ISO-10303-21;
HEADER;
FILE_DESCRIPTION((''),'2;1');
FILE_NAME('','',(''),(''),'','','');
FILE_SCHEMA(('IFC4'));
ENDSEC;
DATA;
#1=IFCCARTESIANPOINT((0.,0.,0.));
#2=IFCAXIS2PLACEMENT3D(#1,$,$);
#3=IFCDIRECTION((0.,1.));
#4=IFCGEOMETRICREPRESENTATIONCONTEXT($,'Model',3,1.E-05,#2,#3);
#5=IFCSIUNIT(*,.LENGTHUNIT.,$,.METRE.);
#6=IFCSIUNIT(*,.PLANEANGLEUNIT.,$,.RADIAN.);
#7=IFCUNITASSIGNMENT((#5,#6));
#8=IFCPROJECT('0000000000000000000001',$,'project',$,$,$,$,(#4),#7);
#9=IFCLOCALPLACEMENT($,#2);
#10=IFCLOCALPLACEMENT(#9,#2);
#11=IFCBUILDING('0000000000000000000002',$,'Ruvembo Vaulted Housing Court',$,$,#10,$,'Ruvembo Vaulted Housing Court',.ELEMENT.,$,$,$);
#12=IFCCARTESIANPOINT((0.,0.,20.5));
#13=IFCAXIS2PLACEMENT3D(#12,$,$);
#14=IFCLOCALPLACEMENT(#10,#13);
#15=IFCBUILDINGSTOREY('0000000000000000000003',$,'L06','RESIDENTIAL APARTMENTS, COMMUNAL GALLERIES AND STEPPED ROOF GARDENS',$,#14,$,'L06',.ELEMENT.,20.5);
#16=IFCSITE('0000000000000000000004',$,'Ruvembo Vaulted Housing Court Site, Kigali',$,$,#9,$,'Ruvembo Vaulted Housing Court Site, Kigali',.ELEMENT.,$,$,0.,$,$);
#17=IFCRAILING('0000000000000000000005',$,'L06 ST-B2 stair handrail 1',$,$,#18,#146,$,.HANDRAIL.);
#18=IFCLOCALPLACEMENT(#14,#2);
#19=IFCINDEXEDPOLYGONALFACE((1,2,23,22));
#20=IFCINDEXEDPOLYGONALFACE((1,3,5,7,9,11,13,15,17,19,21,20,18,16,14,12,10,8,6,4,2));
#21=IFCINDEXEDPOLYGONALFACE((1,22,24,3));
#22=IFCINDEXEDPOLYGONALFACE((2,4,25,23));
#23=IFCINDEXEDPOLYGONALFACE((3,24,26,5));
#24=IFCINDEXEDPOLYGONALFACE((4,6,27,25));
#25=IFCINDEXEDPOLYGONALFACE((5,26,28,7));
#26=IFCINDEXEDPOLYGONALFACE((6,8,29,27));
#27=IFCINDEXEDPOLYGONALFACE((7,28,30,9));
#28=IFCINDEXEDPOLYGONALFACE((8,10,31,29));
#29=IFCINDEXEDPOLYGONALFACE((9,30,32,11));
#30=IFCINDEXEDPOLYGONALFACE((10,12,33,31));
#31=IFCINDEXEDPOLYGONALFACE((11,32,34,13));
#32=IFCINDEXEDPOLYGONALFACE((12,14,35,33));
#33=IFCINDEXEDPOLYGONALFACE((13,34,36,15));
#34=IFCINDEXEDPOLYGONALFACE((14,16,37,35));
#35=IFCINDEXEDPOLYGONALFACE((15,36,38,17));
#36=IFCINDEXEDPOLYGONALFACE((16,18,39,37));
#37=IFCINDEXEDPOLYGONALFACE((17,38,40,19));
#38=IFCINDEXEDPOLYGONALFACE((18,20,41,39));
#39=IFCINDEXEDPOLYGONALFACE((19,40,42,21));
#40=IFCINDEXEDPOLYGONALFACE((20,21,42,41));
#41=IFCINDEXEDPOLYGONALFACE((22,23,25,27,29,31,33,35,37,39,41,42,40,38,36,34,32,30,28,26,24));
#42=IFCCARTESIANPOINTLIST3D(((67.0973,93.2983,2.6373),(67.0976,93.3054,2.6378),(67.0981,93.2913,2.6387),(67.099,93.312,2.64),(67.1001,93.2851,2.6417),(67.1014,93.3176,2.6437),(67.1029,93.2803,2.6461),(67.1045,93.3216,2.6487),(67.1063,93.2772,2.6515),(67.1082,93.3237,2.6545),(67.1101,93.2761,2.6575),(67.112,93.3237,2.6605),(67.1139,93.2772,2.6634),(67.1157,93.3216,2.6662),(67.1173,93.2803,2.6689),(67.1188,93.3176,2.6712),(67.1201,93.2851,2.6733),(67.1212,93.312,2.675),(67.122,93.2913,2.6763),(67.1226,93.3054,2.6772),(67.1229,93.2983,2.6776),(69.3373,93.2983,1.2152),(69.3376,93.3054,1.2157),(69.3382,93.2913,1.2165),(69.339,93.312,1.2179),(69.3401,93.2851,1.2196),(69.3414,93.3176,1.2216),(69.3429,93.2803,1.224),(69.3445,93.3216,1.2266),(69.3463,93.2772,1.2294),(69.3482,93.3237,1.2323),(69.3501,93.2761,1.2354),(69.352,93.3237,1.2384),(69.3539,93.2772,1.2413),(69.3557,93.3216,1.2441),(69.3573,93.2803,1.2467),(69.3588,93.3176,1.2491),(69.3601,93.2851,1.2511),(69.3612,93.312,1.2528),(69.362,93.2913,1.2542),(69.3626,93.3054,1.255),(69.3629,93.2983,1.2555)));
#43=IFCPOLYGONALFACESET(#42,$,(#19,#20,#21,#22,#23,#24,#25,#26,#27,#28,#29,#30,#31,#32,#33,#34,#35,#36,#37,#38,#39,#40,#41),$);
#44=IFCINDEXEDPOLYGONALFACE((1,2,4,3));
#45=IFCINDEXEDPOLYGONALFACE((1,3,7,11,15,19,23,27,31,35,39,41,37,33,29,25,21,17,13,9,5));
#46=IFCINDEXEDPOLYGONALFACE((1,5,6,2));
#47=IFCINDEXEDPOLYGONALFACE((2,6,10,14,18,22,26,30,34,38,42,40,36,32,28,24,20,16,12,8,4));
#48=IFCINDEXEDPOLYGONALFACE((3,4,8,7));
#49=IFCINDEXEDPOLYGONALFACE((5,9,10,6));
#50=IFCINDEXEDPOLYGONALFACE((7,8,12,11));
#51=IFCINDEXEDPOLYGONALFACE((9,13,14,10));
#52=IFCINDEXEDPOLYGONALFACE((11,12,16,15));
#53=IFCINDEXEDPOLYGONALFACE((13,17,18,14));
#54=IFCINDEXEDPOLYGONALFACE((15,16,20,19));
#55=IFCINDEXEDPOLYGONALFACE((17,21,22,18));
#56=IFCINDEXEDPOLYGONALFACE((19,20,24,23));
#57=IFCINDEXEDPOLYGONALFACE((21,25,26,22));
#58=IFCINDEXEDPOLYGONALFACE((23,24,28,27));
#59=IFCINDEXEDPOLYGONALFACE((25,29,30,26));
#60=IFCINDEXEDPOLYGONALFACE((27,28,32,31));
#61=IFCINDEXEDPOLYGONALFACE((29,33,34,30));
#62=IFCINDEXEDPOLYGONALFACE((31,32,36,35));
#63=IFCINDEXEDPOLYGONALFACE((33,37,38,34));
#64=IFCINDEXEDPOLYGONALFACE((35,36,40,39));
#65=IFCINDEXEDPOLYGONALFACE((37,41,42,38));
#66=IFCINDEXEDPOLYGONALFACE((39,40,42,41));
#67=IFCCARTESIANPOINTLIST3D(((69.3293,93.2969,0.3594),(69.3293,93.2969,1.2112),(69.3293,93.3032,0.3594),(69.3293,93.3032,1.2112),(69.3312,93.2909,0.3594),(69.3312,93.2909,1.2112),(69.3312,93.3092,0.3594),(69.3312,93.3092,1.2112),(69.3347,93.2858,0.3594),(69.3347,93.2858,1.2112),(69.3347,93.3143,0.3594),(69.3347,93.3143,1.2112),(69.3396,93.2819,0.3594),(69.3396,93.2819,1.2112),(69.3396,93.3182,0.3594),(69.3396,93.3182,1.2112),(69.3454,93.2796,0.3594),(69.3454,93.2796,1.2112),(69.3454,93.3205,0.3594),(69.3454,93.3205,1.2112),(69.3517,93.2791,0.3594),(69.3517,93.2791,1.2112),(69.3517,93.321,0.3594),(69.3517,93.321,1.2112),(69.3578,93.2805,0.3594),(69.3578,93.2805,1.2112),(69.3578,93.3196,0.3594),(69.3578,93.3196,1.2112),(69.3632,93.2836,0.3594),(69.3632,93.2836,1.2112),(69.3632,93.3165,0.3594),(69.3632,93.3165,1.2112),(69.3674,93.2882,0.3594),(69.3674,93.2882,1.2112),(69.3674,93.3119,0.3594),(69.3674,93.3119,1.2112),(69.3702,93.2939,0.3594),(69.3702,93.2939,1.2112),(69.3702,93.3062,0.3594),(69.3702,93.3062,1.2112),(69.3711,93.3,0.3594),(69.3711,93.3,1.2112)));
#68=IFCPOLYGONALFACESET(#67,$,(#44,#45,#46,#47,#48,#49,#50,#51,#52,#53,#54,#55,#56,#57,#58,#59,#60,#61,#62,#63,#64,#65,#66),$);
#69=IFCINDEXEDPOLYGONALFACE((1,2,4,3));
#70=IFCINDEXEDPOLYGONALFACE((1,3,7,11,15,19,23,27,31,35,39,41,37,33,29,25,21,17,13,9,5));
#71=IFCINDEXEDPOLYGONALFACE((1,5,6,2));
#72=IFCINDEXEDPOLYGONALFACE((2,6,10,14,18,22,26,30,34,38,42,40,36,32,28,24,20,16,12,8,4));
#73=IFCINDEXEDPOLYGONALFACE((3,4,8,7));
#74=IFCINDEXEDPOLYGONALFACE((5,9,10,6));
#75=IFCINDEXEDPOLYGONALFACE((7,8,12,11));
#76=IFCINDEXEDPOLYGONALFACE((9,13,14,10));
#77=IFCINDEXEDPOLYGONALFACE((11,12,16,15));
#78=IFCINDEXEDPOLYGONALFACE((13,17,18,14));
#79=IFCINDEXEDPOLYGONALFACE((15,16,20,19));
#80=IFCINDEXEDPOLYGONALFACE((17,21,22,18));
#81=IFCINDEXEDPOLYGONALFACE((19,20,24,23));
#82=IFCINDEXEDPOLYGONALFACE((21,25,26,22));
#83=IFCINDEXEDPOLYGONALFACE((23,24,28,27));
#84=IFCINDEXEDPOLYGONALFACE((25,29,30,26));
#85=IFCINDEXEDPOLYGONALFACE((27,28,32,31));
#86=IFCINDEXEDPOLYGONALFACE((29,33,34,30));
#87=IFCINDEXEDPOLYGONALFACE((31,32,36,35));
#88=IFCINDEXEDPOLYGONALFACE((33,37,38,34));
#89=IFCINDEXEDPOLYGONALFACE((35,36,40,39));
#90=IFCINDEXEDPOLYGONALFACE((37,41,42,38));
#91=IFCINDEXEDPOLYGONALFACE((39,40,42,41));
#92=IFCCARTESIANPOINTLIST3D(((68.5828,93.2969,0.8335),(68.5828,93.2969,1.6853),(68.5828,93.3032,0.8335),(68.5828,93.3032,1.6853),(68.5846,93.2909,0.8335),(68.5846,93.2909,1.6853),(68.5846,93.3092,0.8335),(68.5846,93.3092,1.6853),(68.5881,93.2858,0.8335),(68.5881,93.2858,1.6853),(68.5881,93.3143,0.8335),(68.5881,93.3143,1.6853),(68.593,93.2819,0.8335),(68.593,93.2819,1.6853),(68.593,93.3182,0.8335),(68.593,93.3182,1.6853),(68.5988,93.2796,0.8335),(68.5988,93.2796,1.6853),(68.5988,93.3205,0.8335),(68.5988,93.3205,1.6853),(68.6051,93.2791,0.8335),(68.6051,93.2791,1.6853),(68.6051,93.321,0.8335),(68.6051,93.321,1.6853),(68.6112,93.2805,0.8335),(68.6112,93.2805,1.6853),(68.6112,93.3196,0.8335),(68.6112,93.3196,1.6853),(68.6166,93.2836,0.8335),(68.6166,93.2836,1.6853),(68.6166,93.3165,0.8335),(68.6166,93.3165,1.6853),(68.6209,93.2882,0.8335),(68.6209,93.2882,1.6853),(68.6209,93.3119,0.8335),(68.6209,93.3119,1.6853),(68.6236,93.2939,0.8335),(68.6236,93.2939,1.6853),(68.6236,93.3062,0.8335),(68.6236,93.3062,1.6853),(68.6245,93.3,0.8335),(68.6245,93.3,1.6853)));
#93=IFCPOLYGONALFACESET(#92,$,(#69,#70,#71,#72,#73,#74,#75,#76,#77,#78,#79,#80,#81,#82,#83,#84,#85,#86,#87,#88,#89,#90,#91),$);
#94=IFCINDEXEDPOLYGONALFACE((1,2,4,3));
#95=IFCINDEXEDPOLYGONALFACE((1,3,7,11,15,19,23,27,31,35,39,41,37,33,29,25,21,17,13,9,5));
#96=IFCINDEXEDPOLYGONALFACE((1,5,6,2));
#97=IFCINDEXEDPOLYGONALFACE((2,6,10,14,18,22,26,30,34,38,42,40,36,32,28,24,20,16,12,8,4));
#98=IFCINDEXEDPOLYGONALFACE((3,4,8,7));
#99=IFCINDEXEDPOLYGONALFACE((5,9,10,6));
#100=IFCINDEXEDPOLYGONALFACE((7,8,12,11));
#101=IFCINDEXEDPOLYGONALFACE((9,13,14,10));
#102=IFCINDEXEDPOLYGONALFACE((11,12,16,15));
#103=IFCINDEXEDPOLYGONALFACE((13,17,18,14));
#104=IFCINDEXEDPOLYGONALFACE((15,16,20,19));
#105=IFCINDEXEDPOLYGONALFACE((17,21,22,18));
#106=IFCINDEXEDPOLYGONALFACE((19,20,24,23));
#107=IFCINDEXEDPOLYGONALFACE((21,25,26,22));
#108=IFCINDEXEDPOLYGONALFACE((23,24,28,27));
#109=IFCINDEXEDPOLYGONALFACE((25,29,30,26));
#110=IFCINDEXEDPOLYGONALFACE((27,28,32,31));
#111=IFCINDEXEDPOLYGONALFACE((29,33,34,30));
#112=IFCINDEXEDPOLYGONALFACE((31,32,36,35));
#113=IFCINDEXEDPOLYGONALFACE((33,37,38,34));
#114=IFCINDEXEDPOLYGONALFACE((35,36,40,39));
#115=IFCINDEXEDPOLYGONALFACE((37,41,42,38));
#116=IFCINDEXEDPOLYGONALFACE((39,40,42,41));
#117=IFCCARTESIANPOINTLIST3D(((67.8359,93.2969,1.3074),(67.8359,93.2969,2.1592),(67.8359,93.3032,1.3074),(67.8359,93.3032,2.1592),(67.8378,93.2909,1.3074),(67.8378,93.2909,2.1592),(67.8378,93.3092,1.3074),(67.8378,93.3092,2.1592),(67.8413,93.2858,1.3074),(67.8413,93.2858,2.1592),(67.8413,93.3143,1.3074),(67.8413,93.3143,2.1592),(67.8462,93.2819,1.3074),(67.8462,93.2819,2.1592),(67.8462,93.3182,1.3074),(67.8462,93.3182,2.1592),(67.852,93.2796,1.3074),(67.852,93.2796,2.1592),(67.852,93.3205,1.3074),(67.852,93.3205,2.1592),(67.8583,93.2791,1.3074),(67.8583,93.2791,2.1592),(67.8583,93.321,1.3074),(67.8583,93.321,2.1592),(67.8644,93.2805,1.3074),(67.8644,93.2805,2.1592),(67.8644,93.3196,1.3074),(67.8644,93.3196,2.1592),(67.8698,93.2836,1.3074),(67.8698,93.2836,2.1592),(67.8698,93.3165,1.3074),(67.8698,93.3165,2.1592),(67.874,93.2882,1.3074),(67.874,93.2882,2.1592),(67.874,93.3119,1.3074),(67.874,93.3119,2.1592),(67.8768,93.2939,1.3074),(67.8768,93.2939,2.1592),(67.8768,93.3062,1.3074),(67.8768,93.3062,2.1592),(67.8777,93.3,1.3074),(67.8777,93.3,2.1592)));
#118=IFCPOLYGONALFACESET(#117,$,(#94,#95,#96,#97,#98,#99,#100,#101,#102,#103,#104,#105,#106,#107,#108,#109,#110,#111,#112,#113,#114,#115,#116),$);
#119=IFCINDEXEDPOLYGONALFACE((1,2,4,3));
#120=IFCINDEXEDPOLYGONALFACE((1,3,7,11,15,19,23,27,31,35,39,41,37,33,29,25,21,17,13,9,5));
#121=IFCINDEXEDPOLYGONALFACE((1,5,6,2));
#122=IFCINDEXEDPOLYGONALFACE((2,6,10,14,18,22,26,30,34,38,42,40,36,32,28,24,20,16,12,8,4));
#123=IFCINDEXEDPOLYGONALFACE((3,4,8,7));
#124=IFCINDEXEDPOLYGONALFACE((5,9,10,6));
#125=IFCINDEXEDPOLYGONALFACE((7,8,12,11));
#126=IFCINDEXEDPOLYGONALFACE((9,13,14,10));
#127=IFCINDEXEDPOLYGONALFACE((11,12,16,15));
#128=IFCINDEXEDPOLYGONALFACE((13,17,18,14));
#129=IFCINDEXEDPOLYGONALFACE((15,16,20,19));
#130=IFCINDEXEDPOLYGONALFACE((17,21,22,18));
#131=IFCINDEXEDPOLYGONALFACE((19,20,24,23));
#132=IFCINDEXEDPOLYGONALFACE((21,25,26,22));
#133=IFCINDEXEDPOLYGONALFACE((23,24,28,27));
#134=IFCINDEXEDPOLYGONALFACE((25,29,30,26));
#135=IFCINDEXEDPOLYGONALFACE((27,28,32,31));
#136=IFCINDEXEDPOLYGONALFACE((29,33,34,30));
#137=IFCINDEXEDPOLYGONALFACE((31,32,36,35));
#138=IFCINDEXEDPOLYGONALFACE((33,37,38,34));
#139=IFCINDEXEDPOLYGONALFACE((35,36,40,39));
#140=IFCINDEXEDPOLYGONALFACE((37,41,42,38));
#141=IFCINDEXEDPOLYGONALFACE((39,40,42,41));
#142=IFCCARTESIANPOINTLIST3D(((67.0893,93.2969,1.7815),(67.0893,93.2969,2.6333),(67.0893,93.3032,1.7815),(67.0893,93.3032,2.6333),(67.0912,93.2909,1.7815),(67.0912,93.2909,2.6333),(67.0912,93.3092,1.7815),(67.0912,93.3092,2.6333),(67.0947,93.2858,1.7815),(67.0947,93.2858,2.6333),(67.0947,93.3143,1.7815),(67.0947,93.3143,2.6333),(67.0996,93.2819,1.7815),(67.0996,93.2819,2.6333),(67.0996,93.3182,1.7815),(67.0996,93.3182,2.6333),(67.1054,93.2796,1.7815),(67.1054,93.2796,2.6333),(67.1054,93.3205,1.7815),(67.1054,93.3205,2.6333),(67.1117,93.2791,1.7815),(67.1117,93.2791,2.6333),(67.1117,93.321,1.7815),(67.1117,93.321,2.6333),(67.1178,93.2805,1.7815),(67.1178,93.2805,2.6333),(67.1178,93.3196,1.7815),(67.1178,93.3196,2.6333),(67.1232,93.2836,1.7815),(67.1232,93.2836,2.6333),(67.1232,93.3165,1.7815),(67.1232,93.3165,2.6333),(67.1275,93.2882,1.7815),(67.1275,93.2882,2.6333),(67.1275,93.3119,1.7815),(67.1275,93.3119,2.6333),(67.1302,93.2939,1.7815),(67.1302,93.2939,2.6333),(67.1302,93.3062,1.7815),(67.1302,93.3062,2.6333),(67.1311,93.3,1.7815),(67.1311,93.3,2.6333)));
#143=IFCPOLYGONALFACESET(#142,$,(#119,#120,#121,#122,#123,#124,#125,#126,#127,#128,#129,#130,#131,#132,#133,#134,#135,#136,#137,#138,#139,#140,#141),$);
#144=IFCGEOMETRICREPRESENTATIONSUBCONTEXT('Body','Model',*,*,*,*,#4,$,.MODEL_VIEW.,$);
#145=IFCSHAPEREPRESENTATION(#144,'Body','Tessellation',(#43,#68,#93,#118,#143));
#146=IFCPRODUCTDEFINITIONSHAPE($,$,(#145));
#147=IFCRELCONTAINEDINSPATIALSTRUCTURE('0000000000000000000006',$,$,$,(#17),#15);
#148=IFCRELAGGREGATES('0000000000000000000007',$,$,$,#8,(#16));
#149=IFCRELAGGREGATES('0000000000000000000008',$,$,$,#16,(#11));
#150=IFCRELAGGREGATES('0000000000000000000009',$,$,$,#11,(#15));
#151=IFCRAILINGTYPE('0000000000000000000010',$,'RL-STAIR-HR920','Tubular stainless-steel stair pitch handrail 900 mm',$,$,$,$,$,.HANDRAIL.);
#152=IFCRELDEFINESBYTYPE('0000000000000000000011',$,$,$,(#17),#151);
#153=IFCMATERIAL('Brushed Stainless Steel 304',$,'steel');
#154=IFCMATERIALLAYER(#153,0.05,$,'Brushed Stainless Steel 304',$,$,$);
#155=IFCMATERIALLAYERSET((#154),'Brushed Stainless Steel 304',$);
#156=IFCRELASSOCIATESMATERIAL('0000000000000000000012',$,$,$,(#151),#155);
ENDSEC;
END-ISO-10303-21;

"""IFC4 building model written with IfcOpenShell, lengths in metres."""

from ifc_helpers import new_model, si_unit, direction, frame, origin, origin_2d, place, context, subcontext, project, spatial, circle, extrude, material, layer, layer_set, type_object, element, save


model = new_model("IFC4")

# Units and contexts
model_context = context("Model", 3, precision=1e-05, world=origin(), true_north=direction((0.0, 1.0)))
body_context = subcontext(model_context, "Body", "Model", "MODEL_VIEW")
ifc_project = project(units=[si_unit("LENGTHUNIT", "METRE"), si_unit("PLANEANGLEUNIT", "RADIAN")], contexts=[model_context])

# Site, building, storey
site_placement = place(None, origin())
site = spatial("IfcSite", under=ifc_project, at=site_placement, Name="Ruvembo Vaulted Housing Court Site, Kigali", LongName="Ruvembo Vaulted Housing Court Site, Kigali", CompositionType="ELEMENT", RefElevation=0.0)
building_placement = place(site_placement, origin())
building = spatial("IfcBuilding", under=site, at=building_placement, Name="Ruvembo Vaulted Housing Court", LongName="Ruvembo Vaulted Housing Court", CompositionType="ELEMENT")
storey_placement = place(building_placement, frame((0.0, 0.0, 20.5)))
storey = spatial("IfcBuildingStorey", under=building, at=storey_placement, Name="L06", Description="RESIDENTIAL APARTMENTS, COMMUNAL GALLERIES AND STEPPED ROOF GARDENS", LongName="L06", CompositionType="ELEMENT", Elevation=20.5)

# Shared definitions
ifc_material_1 = material(Name="Brushed Stainless Steel 304", Category="steel")

# Railing
ifc_layer_1 = layer(ifc_material_1, 0.05, Name="Brushed Stainless Steel 304")
ifc_layer_set_1 = layer_set([ifc_layer_1], Name="Brushed Stainless Steel 304")
railing_type_1 = type_object("IfcRailingType", Name="RL-STAIR-HR920", Description="Tubular stainless-steel stair pitch handrail 900 mm", PredefinedType="HANDRAIL", material=ifc_layer_set_1)
railing_1_placement = place(storey_placement, frame((69.3501, 93.3, 0.3594)))
element("IfcRailing", 1, at=railing_1_placement, inside=storey, type_object=railing_type_1, Name="L06 ST-B2 stair handrail 1", PredefinedType="HANDRAIL", context=body_context, shape_type="SweptSolid", body=[
    extrude(circle(Radius=0.0239, at=origin_2d()), frame((0.0, 0.0, 0.876), z_axis=(-0.844229, 0.0, 0.535982), x_axis=(0.0, -1.0, 0.0)), (0.0, 0.0, 1.0), 2.6533),
    extrude(circle(Radius=0.021, at=origin_2d()), origin(), (0.0, 0.0, 1.0), 0.8518),
    extrude(circle(Radius=0.021, at=origin_2d()), frame((-0.7466, 0.0, 0.4741)), (0.0, 0.0, 1.0), 0.8518),
    extrude(circle(Radius=0.021, at=origin_2d()), frame((-1.4934, 0.0, 0.948)), (0.0, 0.0, 1.0), 0.8518),
    extrude(circle(Radius=0.021, at=origin_2d()), frame((-2.24, 0.0, 1.4221)), (0.0, 0.0, 1.0), 0.8518),
])

save(model, "model.ifc")
